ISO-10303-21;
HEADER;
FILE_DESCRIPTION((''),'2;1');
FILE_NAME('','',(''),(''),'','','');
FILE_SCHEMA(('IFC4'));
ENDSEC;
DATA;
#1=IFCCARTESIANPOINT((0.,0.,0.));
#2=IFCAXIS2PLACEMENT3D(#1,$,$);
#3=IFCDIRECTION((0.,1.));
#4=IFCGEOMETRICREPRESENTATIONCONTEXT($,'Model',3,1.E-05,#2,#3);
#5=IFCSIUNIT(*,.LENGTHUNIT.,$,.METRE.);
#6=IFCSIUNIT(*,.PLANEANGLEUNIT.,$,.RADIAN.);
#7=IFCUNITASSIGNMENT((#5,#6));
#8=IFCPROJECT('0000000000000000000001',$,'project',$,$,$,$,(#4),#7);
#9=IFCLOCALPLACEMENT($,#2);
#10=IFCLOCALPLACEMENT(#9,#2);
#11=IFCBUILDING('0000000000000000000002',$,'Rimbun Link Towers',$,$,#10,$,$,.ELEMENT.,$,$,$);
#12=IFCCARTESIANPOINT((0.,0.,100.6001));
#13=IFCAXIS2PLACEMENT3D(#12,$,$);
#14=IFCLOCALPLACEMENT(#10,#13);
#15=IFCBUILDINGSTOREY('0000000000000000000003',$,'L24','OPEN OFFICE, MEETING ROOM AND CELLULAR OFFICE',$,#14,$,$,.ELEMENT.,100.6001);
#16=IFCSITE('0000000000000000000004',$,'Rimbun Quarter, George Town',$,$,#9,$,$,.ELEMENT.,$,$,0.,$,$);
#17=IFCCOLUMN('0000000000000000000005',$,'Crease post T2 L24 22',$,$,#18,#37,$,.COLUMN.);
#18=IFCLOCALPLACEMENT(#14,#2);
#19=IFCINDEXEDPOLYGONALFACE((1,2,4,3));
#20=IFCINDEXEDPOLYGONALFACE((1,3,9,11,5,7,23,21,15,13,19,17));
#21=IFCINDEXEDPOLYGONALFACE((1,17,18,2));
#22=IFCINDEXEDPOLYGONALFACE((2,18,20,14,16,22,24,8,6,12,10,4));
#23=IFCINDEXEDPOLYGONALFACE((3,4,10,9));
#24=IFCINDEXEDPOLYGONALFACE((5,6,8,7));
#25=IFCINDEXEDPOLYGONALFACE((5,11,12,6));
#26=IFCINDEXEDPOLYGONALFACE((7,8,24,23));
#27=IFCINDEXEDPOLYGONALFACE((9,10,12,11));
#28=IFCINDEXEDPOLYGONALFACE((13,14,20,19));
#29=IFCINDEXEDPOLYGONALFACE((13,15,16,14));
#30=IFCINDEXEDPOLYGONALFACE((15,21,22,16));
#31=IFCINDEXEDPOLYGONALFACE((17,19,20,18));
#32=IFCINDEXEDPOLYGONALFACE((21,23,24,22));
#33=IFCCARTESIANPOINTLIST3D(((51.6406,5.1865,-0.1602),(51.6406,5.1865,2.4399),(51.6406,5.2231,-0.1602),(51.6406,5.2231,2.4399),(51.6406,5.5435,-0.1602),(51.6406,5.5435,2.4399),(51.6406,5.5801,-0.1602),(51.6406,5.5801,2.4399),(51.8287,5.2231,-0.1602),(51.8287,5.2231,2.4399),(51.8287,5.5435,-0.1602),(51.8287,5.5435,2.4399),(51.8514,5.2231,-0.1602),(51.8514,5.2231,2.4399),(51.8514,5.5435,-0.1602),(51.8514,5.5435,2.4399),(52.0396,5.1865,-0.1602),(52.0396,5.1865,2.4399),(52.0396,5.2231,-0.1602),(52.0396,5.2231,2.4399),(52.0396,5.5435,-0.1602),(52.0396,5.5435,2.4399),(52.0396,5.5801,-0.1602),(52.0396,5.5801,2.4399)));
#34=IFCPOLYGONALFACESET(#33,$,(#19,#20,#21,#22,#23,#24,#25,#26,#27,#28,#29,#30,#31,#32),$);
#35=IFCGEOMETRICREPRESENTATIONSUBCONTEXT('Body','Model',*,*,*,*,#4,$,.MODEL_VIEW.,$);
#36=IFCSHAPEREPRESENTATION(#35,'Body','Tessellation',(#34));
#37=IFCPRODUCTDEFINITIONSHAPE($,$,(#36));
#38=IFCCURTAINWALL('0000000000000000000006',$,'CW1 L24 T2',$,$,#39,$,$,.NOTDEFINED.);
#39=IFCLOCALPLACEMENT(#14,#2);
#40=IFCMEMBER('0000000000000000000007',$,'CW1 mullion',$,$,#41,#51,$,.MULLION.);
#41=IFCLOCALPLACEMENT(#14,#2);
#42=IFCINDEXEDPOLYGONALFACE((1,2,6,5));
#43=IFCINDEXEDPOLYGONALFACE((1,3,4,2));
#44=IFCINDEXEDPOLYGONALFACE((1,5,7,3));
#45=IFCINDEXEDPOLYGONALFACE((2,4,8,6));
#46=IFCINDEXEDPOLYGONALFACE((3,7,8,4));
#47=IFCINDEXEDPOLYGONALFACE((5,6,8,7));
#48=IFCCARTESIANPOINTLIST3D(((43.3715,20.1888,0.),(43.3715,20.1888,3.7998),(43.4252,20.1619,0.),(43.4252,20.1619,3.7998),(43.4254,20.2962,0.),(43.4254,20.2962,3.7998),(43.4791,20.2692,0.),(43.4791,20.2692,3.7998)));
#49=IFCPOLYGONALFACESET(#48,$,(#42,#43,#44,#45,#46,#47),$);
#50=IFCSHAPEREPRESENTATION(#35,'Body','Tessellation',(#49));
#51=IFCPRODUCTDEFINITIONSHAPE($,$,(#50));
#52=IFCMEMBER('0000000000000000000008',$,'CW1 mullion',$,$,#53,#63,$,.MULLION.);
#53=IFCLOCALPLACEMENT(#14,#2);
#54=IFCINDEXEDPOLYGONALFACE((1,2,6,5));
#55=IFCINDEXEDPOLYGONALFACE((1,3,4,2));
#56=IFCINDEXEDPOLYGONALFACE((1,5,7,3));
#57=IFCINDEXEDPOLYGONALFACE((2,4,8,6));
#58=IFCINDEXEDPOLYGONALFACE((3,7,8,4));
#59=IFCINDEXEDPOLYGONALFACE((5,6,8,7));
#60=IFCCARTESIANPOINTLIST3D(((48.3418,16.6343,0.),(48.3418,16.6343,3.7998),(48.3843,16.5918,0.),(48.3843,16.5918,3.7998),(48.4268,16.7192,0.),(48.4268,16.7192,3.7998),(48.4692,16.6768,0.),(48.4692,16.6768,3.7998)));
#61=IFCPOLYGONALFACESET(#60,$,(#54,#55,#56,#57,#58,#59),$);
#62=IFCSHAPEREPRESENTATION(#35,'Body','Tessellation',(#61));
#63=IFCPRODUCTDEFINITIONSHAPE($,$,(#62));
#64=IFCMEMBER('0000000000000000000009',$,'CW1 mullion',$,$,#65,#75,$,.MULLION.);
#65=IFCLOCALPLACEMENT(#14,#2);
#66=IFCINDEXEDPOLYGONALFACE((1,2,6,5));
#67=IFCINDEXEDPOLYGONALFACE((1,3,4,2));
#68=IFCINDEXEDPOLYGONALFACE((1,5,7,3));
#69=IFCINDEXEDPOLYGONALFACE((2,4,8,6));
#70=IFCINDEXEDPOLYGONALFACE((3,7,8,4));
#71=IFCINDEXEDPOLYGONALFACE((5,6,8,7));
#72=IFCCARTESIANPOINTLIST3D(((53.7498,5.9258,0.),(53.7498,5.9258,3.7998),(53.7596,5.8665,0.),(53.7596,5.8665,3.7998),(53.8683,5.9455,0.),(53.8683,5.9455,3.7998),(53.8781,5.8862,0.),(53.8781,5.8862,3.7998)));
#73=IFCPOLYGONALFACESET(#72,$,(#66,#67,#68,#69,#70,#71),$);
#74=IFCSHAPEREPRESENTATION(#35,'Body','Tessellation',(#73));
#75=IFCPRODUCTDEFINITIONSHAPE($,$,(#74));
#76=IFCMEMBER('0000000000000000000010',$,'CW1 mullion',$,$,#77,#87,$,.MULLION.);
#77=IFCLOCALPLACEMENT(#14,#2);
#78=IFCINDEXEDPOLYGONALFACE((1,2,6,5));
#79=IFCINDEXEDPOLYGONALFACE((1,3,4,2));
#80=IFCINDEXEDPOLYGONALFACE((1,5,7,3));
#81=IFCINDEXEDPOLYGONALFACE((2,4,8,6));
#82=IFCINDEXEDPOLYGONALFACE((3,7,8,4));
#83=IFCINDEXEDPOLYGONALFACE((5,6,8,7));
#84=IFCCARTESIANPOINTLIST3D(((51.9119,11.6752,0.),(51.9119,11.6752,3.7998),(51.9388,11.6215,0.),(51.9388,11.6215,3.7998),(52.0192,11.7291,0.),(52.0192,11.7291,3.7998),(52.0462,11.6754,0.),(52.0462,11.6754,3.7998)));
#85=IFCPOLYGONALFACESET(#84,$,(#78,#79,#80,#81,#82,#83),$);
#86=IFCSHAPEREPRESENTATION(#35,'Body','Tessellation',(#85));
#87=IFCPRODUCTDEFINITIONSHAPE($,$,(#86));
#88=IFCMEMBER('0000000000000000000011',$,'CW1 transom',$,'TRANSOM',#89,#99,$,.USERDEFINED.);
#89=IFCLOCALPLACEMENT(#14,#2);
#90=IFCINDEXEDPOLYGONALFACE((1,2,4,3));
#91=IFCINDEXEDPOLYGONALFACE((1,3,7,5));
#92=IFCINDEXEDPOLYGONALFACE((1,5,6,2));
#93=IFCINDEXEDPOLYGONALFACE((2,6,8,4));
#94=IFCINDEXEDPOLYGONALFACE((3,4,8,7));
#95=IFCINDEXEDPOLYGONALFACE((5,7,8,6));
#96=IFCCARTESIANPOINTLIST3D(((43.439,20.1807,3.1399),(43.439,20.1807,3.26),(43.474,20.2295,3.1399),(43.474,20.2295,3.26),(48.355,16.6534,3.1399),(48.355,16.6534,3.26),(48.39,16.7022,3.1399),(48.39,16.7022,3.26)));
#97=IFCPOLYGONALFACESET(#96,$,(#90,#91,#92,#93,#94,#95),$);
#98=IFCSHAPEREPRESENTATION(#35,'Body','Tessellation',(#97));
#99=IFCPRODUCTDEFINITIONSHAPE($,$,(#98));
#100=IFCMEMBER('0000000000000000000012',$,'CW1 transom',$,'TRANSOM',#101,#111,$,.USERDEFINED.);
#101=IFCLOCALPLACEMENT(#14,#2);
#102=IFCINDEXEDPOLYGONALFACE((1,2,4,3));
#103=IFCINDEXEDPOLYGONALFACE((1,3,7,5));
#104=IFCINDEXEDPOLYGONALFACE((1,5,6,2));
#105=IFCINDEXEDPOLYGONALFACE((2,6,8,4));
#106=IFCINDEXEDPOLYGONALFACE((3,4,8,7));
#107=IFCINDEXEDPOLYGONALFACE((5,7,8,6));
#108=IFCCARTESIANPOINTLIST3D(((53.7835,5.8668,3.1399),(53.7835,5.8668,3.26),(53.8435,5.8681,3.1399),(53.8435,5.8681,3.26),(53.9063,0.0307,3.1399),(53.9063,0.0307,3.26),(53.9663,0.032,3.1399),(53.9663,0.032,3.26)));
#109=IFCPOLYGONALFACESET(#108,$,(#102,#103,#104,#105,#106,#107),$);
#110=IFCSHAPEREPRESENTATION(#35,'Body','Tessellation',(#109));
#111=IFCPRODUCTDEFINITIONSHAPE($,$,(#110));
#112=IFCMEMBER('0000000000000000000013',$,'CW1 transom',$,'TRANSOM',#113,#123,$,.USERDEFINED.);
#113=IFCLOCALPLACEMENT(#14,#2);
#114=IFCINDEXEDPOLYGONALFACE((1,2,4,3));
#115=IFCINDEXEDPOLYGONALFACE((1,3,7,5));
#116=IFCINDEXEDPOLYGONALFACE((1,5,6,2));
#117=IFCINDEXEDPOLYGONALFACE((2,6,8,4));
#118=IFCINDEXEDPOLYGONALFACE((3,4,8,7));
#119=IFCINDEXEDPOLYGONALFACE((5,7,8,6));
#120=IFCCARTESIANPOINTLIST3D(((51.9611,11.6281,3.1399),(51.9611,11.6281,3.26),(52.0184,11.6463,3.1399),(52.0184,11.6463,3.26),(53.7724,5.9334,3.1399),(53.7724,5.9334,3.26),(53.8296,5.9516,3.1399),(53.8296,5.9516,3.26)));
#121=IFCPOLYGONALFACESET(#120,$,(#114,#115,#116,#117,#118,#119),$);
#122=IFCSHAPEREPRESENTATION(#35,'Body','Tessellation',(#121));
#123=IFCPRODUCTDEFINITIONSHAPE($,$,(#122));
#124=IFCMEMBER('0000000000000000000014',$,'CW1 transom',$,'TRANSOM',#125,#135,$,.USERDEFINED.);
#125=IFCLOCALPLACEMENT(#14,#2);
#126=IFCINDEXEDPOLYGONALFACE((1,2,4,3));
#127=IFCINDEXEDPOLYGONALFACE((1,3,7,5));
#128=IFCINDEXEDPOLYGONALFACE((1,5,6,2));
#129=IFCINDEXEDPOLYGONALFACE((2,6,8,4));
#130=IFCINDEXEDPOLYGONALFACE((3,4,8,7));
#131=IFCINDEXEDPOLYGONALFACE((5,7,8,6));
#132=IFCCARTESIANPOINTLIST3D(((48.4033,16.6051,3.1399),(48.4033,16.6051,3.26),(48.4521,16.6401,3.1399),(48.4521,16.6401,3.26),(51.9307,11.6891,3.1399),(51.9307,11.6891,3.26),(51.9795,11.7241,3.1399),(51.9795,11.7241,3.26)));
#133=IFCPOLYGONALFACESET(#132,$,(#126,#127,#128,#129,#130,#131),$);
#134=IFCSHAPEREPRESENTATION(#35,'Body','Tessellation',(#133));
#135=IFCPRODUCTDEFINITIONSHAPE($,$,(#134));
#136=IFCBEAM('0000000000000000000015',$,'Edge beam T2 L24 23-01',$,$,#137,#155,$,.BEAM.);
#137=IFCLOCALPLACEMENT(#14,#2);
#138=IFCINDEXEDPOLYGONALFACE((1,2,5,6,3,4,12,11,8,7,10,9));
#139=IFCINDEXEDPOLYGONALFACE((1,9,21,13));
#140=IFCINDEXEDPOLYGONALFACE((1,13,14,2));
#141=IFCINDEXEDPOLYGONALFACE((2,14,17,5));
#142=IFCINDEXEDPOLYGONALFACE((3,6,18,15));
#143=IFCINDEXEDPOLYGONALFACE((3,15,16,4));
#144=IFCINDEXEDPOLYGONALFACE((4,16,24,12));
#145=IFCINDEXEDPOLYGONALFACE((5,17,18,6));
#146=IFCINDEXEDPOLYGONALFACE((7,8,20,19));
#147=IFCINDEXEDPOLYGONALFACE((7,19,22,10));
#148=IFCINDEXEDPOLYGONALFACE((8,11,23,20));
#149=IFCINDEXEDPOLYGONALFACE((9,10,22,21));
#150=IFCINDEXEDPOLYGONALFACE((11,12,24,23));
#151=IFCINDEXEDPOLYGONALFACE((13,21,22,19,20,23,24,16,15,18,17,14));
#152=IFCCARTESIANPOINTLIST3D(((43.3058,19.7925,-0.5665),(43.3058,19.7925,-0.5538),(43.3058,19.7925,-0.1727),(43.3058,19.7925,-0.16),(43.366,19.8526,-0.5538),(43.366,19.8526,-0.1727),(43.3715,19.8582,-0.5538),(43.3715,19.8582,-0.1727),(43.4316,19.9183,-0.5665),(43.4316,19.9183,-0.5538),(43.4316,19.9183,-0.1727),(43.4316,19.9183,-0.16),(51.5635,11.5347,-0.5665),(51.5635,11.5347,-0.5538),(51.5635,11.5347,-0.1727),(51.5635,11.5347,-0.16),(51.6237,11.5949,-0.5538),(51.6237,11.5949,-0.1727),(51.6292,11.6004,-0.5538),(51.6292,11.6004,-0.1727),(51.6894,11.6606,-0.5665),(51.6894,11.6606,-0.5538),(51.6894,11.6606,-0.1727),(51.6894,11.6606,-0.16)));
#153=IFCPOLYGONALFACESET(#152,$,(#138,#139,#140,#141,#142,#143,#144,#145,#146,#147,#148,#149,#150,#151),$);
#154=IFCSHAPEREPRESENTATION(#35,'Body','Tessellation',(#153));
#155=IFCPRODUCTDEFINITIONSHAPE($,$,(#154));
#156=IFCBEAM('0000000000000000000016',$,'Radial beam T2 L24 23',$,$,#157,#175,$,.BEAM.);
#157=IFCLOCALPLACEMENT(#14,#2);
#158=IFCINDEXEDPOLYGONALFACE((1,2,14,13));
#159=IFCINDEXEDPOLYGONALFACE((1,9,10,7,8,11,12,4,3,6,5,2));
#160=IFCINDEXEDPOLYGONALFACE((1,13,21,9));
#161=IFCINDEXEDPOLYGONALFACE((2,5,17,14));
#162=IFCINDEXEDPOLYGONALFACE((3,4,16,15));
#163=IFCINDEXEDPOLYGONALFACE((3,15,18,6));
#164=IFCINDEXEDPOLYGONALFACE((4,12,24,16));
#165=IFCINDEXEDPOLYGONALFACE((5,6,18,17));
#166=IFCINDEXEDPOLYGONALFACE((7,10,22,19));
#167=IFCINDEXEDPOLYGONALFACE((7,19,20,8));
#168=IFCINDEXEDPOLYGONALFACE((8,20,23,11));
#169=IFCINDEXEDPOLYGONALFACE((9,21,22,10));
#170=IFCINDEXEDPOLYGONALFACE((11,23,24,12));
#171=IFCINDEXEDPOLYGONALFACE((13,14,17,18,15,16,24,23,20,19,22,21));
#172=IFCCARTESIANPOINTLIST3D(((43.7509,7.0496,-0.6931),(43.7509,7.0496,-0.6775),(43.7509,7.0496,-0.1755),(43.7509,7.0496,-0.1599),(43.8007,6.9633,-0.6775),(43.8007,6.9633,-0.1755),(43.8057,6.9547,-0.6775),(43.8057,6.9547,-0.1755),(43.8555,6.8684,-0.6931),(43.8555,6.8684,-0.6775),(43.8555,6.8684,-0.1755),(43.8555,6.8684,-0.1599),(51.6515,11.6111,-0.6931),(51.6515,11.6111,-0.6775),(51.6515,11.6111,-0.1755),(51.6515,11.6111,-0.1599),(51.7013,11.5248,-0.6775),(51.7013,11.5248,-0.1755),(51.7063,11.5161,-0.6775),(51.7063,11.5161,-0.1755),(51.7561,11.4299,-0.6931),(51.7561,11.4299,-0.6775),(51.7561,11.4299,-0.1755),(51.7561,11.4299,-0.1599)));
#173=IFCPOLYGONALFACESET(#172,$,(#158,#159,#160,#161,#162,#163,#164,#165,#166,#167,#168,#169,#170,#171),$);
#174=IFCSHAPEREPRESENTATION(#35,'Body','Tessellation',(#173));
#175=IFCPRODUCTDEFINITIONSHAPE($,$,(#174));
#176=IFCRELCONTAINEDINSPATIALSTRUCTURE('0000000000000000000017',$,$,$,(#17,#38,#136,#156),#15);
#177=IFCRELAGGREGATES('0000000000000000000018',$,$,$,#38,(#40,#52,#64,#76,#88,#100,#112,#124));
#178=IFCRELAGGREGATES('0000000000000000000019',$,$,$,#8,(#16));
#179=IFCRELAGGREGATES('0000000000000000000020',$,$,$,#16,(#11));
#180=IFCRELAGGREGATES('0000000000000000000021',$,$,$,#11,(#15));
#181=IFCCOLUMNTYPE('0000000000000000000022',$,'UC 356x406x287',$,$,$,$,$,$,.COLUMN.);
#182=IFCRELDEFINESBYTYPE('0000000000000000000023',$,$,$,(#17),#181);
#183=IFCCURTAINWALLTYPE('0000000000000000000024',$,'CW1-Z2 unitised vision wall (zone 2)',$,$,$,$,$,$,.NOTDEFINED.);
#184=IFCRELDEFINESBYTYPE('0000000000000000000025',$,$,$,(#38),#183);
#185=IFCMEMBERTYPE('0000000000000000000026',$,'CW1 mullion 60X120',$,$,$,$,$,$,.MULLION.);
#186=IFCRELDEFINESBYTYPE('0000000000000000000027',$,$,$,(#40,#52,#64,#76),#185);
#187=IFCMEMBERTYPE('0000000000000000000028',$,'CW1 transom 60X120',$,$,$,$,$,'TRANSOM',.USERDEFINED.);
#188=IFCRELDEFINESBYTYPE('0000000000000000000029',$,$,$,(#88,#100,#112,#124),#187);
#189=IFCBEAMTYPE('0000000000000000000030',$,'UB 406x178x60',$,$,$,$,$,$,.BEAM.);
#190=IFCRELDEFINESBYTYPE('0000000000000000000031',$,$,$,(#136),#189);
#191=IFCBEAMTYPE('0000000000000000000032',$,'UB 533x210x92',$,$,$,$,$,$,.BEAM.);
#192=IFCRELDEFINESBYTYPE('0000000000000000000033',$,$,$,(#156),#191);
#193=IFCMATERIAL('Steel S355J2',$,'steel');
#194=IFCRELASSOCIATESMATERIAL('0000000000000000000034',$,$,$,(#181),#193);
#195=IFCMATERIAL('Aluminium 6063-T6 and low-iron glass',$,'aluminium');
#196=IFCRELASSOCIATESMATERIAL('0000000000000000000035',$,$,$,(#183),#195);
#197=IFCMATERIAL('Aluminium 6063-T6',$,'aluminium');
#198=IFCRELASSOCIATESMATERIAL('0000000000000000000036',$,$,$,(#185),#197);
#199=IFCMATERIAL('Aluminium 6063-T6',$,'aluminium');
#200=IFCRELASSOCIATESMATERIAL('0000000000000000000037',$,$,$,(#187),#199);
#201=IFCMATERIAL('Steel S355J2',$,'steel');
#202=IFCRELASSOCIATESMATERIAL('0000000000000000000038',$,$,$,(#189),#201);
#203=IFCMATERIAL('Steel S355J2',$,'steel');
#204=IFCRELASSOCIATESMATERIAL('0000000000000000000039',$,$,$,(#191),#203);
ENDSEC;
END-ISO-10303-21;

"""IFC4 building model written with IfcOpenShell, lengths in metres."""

from ifc_helpers import new_model, si_unit, direction, frame, origin, origin_2d, place, context, subcontext, project, spatial, rectangle, i_section, extrude, material, material_profile, profile_set, type_object, element, aggregate, save


model = new_model("IFC4")

# Units and contexts
model_context = context("Model", 3, precision=1e-05, world=origin(), true_north=direction((0.0, 1.0)))
body_context = subcontext(model_context, "Body", "Model", "MODEL_VIEW")
ifc_project = project(units=[si_unit("LENGTHUNIT", "METRE"), si_unit("PLANEANGLEUNIT", "RADIAN")], contexts=[model_context])

# Site, building, storey
site_placement = place(None, origin())
site = spatial("IfcSite", under=ifc_project, at=site_placement, Name="Rimbun Quarter, George Town", CompositionType="ELEMENT", RefElevation=0.0)
building_placement = place(site_placement, origin())
building = spatial("IfcBuilding", under=site, at=building_placement, Name="Rimbun Link Towers", CompositionType="ELEMENT")
storey_placement = place(building_placement, frame((0.0, 0.0, 100.6001)))
storey = spatial("IfcBuildingStorey", under=building, at=storey_placement, Name="L24", Description="OPEN OFFICE, MEETING ROOM AND CELLULAR OFFICE", CompositionType="ELEMENT", Elevation=100.6001)

# Column
ifc_material_1 = material(Name="Steel S355J2", Category="steel")
ifc_material_profile_1 = material_profile(ifc_material_1, i_section(OverallWidth=0.3989, OverallDepth=0.3936, WebThickness=0.0227, FlangeThickness=0.0366, at=origin_2d()), Name="UC 356x406x287")
ifc_profile_set_1 = profile_set([ifc_material_profile_1], Name="Steel S355J2")
column_type = type_object("IfcColumnType", Name="UC 356x406x287", PredefinedType="COLUMN", material=ifc_profile_set_1)
column_placement = place(storey_placement, frame((51.8401, 5.3833, -0.1602), z_axis=(0.0, 0.0, 1.0), x_axis=(1.0, 0.0, 0.0)))
element("IfcColumn", 1, at=column_placement, inside=storey, type_object=column_type, Name="Crease post T2 L24 22", PredefinedType="COLUMN", context=body_context, shape_type="SweptSolid", body=[
    extrude(i_section(OverallWidth=0.3989, OverallDepth=0.3936, WebThickness=0.0227, FlangeThickness=0.0366, at=origin_2d()), origin(), (0.0, 0.0, 1.0), 2.6001),
])

# Curtain wall, members
ifc_material_2 = material(Name="Aluminium 6063-T6 and low-iron glass", Category="aluminium")
curtain_wall_type = type_object("IfcCurtainWallType", Name="CW1-Z2 unitised vision wall (zone 2)", PredefinedType="NOTDEFINED", material=ifc_material_2)
curtain_wall_placement = place(storey_placement, origin())
curtain_wall = element("IfcCurtainWall", 2, at=curtain_wall_placement, inside=storey, type_object=curtain_wall_type, Name="CW1 L24 T2", PredefinedType="NOTDEFINED")
ifc_material_3 = material(Name="Aluminium 6063-T6", Category="aluminium")
ifc_material_profile_2 = material_profile(ifc_material_3, rectangle(XDim=0.1201, YDim=0.0601, at=origin_2d()), Name="MULLION 60X120")
ifc_profile_set_2 = profile_set([ifc_material_profile_2], Name="Aluminium 6063-T6")
member_type_1 = type_object("IfcMemberType", Name="CW1 mullion 60X120", PredefinedType="MULLION", material=ifc_profile_set_2)
member_1_placement = place(storey_placement, frame((43.4253, 20.229, 0.0), z_axis=(0.0, 0.0, 1.0), x_axis=(0.448569, 0.893748, 0.0)))
member_1 = element("IfcMember", 3, at=member_1_placement, type_object=member_type_1, Name="CW1 mullion", PredefinedType="MULLION", context=body_context, shape_type="SweptSolid", body=[
    extrude(rectangle(XDim=0.1201, YDim=0.0601, at=origin_2d()), origin(), (0.0, 0.0, 1.0), 3.7998),
])
member_2_placement = place(storey_placement, frame((48.4055, 16.6555, 0.0), z_axis=(0.0, 0.0, 1.0), x_axis=(0.707107, 0.707107, 0.0)))
member_2 = element("IfcMember", 4, at=member_2_placement, type_object=member_type_1, Name="CW1 mullion", PredefinedType="MULLION", context=body_context, shape_type="SweptSolid", body=[
    extrude(rectangle(XDim=0.1201, YDim=0.0601, at=origin_2d()), origin(), (0.0, 0.0, 1.0), 3.7998),
])
member_3_placement = place(storey_placement, frame((53.814, 5.906, 0.0), z_axis=(0.0, 0.0, 1.0), x_axis=(0.986503, 0.163744, 0.0)))
member_3 = element("IfcMember", 5, at=member_3_placement, type_object=member_type_1, Name="CW1 mullion", PredefinedType="MULLION", context=body_context, shape_type="SweptSolid", body=[
    extrude(rectangle(XDim=0.1201, YDim=0.0601, at=origin_2d()), origin(), (0.0, 0.0, 1.0), 3.7998),
])
member_4_placement = place(storey_placement, frame((51.979, 11.6753, 0.0), z_axis=(0.0, 0.0, 1.0), x_axis=(0.893748, 0.448569, 0.0)))
member_4 = element("IfcMember", 6, at=member_4_placement, type_object=member_type_1, Name="CW1 mullion", PredefinedType="MULLION", context=body_context, shape_type="SweptSolid", body=[
    extrude(rectangle(XDim=0.1201, YDim=0.0601, at=origin_2d()), origin(), (0.0, 0.0, 1.0), 3.7998),
])
ifc_material_4 = material(Name="Aluminium 6063-T6", Category="aluminium")
ifc_material_profile_3 = material_profile(ifc_material_4, rectangle(XDim=0.0601, YDim=0.1201, at=origin_2d()), Name="TRANSOM 60X120")
ifc_profile_set_3 = profile_set([ifc_material_profile_3], Name="Aluminium 6063-T6")
member_type_2 = type_object("IfcMemberType", Name="CW1 transom 60X120", ElementType="TRANSOM", PredefinedType="USERDEFINED", material=ifc_profile_set_3)
member_5_placement = place(storey_placement, frame((43.4565, 20.2051, 3.2), z_axis=(0.812488, -0.582977, 0.0), x_axis=(0.582977, 0.812488, 0.0)))
member_5 = element("IfcMember", 7, at=member_5_placement, type_object=member_type_2, Name="CW1 transom", ObjectType="TRANSOM", PredefinedType="USERDEFINED", context=body_context, shape_type="SweptSolid", body=[
    extrude(rectangle(XDim=0.0601, YDim=0.1201, at=origin_2d()), origin(), (0.0, 0.0, 1.0), 6.0505),
])
member_6_placement = place(storey_placement, frame((53.8135, 5.8674, 3.2), z_axis=(0.021037, -0.999779, 0.0), x_axis=(0.999779, 0.021037, 0.0)))
member_6 = element("IfcMember", 8, at=member_6_placement, type_object=member_type_2, Name="CW1 transom", ObjectType="TRANSOM", PredefinedType="USERDEFINED", context=body_context, shape_type="SweptSolid", body=[
    extrude(rectangle(XDim=0.0601, YDim=0.1201, at=origin_2d()), origin(), (0.0, 0.0, 1.0), 5.8374),
])
member_7_placement = place(storey_placement, frame((51.9897, 11.6372, 3.2), z_axis=(0.303096, -0.95296, 0.0), x_axis=(0.95296, 0.303096, 0.0)))
member_7 = element("IfcMember", 9, at=member_7_placement, type_object=member_type_2, Name="CW1 transom", ObjectType="TRANSOM", PredefinedType="USERDEFINED", context=body_context, shape_type="SweptSolid", body=[
    extrude(rectangle(XDim=0.0601, YDim=0.1201, at=origin_2d()), origin(), (0.0, 0.0, 1.0), 5.9758),
])
member_8_placement = place(storey_placement, frame((48.4277, 16.6226, 3.2), z_axis=(0.582977, -0.812488, 0.0), x_axis=(0.812488, 0.582977, 0.0)))
member_8 = element("IfcMember", 10, at=member_8_placement, type_object=member_type_2, Name="CW1 transom", ObjectType="TRANSOM", PredefinedType="USERDEFINED", context=body_context, shape_type="SweptSolid", body=[
    extrude(rectangle(XDim=0.0601, YDim=0.1201, at=origin_2d()), origin(), (0.0, 0.0, 1.0), 6.0505),
])

# Beams
ifc_material_5 = material(Name="Steel S355J2", Category="steel")
ifc_material_profile_4 = material_profile(ifc_material_5, i_section(OverallWidth=0.178, OverallDepth=0.4065, WebThickness=0.0078, FlangeThickness=0.0127, at=origin_2d()), Name="UB 406x178x60")
ifc_profile_set_4 = profile_set([ifc_material_profile_4], Name="Steel S355J2")
beam_type_1 = type_object("IfcBeamType", Name="UB 406x178x60", PredefinedType="BEAM", material=ifc_profile_set_4)
beam_1_placement = place(storey_placement, frame((51.6265, 11.5977, -0.3633), z_axis=(-0.707107, 0.707107, 0.0), x_axis=(-0.707107, -0.707107, 0.0)))
element("IfcBeam", 11, at=beam_1_placement, inside=storey, type_object=beam_type_1, Name="Edge beam T2 L24 23-01", PredefinedType="BEAM", context=body_context, shape_type="SweptSolid", body=[
    extrude(i_section(OverallWidth=0.178, OverallDepth=0.4065, WebThickness=0.0078, FlangeThickness=0.0127, at=origin_2d()), origin(), (0.0, 0.0, 1.0), 11.6782),
])
ifc_material_6 = material(Name="Steel S355J2", Category="steel")
ifc_material_profile_5 = material_profile(ifc_material_6, i_section(OverallWidth=0.2092, OverallDepth=0.5332, WebThickness=0.01, FlangeThickness=0.0156, at=origin_2d()), Name="UB 533x210x92")
ifc_profile_set_5 = profile_set([ifc_material_profile_5], Name="Steel S355J2")
beam_type_2 = type_object("IfcBeamType", Name="UB 533x210x92", PredefinedType="BEAM", material=ifc_profile_set_5)
beam_2_placement = place(storey_placement, frame((43.8032, 6.959, -0.4265), z_axis=(0.866021, 0.500007, 0.0), x_axis=(-0.500007, 0.866021, 0.0)))
element("IfcBeam", 12, at=beam_2_placement, inside=storey, type_object=beam_type_2, Name="Radial beam T2 L24 23", PredefinedType="BEAM", context=body_context, shape_type="SweptSolid", body=[
    extrude(i_section(OverallWidth=0.2092, OverallDepth=0.5332, WebThickness=0.01, FlangeThickness=0.0156, at=origin_2d()), origin(), (0.0, 0.0, 1.0), 9.1228),
])

aggregate(curtain_wall, [member_1, member_2, member_3, member_4, member_5, member_6, member_7, member_8])

save(model, "model.ifc")
